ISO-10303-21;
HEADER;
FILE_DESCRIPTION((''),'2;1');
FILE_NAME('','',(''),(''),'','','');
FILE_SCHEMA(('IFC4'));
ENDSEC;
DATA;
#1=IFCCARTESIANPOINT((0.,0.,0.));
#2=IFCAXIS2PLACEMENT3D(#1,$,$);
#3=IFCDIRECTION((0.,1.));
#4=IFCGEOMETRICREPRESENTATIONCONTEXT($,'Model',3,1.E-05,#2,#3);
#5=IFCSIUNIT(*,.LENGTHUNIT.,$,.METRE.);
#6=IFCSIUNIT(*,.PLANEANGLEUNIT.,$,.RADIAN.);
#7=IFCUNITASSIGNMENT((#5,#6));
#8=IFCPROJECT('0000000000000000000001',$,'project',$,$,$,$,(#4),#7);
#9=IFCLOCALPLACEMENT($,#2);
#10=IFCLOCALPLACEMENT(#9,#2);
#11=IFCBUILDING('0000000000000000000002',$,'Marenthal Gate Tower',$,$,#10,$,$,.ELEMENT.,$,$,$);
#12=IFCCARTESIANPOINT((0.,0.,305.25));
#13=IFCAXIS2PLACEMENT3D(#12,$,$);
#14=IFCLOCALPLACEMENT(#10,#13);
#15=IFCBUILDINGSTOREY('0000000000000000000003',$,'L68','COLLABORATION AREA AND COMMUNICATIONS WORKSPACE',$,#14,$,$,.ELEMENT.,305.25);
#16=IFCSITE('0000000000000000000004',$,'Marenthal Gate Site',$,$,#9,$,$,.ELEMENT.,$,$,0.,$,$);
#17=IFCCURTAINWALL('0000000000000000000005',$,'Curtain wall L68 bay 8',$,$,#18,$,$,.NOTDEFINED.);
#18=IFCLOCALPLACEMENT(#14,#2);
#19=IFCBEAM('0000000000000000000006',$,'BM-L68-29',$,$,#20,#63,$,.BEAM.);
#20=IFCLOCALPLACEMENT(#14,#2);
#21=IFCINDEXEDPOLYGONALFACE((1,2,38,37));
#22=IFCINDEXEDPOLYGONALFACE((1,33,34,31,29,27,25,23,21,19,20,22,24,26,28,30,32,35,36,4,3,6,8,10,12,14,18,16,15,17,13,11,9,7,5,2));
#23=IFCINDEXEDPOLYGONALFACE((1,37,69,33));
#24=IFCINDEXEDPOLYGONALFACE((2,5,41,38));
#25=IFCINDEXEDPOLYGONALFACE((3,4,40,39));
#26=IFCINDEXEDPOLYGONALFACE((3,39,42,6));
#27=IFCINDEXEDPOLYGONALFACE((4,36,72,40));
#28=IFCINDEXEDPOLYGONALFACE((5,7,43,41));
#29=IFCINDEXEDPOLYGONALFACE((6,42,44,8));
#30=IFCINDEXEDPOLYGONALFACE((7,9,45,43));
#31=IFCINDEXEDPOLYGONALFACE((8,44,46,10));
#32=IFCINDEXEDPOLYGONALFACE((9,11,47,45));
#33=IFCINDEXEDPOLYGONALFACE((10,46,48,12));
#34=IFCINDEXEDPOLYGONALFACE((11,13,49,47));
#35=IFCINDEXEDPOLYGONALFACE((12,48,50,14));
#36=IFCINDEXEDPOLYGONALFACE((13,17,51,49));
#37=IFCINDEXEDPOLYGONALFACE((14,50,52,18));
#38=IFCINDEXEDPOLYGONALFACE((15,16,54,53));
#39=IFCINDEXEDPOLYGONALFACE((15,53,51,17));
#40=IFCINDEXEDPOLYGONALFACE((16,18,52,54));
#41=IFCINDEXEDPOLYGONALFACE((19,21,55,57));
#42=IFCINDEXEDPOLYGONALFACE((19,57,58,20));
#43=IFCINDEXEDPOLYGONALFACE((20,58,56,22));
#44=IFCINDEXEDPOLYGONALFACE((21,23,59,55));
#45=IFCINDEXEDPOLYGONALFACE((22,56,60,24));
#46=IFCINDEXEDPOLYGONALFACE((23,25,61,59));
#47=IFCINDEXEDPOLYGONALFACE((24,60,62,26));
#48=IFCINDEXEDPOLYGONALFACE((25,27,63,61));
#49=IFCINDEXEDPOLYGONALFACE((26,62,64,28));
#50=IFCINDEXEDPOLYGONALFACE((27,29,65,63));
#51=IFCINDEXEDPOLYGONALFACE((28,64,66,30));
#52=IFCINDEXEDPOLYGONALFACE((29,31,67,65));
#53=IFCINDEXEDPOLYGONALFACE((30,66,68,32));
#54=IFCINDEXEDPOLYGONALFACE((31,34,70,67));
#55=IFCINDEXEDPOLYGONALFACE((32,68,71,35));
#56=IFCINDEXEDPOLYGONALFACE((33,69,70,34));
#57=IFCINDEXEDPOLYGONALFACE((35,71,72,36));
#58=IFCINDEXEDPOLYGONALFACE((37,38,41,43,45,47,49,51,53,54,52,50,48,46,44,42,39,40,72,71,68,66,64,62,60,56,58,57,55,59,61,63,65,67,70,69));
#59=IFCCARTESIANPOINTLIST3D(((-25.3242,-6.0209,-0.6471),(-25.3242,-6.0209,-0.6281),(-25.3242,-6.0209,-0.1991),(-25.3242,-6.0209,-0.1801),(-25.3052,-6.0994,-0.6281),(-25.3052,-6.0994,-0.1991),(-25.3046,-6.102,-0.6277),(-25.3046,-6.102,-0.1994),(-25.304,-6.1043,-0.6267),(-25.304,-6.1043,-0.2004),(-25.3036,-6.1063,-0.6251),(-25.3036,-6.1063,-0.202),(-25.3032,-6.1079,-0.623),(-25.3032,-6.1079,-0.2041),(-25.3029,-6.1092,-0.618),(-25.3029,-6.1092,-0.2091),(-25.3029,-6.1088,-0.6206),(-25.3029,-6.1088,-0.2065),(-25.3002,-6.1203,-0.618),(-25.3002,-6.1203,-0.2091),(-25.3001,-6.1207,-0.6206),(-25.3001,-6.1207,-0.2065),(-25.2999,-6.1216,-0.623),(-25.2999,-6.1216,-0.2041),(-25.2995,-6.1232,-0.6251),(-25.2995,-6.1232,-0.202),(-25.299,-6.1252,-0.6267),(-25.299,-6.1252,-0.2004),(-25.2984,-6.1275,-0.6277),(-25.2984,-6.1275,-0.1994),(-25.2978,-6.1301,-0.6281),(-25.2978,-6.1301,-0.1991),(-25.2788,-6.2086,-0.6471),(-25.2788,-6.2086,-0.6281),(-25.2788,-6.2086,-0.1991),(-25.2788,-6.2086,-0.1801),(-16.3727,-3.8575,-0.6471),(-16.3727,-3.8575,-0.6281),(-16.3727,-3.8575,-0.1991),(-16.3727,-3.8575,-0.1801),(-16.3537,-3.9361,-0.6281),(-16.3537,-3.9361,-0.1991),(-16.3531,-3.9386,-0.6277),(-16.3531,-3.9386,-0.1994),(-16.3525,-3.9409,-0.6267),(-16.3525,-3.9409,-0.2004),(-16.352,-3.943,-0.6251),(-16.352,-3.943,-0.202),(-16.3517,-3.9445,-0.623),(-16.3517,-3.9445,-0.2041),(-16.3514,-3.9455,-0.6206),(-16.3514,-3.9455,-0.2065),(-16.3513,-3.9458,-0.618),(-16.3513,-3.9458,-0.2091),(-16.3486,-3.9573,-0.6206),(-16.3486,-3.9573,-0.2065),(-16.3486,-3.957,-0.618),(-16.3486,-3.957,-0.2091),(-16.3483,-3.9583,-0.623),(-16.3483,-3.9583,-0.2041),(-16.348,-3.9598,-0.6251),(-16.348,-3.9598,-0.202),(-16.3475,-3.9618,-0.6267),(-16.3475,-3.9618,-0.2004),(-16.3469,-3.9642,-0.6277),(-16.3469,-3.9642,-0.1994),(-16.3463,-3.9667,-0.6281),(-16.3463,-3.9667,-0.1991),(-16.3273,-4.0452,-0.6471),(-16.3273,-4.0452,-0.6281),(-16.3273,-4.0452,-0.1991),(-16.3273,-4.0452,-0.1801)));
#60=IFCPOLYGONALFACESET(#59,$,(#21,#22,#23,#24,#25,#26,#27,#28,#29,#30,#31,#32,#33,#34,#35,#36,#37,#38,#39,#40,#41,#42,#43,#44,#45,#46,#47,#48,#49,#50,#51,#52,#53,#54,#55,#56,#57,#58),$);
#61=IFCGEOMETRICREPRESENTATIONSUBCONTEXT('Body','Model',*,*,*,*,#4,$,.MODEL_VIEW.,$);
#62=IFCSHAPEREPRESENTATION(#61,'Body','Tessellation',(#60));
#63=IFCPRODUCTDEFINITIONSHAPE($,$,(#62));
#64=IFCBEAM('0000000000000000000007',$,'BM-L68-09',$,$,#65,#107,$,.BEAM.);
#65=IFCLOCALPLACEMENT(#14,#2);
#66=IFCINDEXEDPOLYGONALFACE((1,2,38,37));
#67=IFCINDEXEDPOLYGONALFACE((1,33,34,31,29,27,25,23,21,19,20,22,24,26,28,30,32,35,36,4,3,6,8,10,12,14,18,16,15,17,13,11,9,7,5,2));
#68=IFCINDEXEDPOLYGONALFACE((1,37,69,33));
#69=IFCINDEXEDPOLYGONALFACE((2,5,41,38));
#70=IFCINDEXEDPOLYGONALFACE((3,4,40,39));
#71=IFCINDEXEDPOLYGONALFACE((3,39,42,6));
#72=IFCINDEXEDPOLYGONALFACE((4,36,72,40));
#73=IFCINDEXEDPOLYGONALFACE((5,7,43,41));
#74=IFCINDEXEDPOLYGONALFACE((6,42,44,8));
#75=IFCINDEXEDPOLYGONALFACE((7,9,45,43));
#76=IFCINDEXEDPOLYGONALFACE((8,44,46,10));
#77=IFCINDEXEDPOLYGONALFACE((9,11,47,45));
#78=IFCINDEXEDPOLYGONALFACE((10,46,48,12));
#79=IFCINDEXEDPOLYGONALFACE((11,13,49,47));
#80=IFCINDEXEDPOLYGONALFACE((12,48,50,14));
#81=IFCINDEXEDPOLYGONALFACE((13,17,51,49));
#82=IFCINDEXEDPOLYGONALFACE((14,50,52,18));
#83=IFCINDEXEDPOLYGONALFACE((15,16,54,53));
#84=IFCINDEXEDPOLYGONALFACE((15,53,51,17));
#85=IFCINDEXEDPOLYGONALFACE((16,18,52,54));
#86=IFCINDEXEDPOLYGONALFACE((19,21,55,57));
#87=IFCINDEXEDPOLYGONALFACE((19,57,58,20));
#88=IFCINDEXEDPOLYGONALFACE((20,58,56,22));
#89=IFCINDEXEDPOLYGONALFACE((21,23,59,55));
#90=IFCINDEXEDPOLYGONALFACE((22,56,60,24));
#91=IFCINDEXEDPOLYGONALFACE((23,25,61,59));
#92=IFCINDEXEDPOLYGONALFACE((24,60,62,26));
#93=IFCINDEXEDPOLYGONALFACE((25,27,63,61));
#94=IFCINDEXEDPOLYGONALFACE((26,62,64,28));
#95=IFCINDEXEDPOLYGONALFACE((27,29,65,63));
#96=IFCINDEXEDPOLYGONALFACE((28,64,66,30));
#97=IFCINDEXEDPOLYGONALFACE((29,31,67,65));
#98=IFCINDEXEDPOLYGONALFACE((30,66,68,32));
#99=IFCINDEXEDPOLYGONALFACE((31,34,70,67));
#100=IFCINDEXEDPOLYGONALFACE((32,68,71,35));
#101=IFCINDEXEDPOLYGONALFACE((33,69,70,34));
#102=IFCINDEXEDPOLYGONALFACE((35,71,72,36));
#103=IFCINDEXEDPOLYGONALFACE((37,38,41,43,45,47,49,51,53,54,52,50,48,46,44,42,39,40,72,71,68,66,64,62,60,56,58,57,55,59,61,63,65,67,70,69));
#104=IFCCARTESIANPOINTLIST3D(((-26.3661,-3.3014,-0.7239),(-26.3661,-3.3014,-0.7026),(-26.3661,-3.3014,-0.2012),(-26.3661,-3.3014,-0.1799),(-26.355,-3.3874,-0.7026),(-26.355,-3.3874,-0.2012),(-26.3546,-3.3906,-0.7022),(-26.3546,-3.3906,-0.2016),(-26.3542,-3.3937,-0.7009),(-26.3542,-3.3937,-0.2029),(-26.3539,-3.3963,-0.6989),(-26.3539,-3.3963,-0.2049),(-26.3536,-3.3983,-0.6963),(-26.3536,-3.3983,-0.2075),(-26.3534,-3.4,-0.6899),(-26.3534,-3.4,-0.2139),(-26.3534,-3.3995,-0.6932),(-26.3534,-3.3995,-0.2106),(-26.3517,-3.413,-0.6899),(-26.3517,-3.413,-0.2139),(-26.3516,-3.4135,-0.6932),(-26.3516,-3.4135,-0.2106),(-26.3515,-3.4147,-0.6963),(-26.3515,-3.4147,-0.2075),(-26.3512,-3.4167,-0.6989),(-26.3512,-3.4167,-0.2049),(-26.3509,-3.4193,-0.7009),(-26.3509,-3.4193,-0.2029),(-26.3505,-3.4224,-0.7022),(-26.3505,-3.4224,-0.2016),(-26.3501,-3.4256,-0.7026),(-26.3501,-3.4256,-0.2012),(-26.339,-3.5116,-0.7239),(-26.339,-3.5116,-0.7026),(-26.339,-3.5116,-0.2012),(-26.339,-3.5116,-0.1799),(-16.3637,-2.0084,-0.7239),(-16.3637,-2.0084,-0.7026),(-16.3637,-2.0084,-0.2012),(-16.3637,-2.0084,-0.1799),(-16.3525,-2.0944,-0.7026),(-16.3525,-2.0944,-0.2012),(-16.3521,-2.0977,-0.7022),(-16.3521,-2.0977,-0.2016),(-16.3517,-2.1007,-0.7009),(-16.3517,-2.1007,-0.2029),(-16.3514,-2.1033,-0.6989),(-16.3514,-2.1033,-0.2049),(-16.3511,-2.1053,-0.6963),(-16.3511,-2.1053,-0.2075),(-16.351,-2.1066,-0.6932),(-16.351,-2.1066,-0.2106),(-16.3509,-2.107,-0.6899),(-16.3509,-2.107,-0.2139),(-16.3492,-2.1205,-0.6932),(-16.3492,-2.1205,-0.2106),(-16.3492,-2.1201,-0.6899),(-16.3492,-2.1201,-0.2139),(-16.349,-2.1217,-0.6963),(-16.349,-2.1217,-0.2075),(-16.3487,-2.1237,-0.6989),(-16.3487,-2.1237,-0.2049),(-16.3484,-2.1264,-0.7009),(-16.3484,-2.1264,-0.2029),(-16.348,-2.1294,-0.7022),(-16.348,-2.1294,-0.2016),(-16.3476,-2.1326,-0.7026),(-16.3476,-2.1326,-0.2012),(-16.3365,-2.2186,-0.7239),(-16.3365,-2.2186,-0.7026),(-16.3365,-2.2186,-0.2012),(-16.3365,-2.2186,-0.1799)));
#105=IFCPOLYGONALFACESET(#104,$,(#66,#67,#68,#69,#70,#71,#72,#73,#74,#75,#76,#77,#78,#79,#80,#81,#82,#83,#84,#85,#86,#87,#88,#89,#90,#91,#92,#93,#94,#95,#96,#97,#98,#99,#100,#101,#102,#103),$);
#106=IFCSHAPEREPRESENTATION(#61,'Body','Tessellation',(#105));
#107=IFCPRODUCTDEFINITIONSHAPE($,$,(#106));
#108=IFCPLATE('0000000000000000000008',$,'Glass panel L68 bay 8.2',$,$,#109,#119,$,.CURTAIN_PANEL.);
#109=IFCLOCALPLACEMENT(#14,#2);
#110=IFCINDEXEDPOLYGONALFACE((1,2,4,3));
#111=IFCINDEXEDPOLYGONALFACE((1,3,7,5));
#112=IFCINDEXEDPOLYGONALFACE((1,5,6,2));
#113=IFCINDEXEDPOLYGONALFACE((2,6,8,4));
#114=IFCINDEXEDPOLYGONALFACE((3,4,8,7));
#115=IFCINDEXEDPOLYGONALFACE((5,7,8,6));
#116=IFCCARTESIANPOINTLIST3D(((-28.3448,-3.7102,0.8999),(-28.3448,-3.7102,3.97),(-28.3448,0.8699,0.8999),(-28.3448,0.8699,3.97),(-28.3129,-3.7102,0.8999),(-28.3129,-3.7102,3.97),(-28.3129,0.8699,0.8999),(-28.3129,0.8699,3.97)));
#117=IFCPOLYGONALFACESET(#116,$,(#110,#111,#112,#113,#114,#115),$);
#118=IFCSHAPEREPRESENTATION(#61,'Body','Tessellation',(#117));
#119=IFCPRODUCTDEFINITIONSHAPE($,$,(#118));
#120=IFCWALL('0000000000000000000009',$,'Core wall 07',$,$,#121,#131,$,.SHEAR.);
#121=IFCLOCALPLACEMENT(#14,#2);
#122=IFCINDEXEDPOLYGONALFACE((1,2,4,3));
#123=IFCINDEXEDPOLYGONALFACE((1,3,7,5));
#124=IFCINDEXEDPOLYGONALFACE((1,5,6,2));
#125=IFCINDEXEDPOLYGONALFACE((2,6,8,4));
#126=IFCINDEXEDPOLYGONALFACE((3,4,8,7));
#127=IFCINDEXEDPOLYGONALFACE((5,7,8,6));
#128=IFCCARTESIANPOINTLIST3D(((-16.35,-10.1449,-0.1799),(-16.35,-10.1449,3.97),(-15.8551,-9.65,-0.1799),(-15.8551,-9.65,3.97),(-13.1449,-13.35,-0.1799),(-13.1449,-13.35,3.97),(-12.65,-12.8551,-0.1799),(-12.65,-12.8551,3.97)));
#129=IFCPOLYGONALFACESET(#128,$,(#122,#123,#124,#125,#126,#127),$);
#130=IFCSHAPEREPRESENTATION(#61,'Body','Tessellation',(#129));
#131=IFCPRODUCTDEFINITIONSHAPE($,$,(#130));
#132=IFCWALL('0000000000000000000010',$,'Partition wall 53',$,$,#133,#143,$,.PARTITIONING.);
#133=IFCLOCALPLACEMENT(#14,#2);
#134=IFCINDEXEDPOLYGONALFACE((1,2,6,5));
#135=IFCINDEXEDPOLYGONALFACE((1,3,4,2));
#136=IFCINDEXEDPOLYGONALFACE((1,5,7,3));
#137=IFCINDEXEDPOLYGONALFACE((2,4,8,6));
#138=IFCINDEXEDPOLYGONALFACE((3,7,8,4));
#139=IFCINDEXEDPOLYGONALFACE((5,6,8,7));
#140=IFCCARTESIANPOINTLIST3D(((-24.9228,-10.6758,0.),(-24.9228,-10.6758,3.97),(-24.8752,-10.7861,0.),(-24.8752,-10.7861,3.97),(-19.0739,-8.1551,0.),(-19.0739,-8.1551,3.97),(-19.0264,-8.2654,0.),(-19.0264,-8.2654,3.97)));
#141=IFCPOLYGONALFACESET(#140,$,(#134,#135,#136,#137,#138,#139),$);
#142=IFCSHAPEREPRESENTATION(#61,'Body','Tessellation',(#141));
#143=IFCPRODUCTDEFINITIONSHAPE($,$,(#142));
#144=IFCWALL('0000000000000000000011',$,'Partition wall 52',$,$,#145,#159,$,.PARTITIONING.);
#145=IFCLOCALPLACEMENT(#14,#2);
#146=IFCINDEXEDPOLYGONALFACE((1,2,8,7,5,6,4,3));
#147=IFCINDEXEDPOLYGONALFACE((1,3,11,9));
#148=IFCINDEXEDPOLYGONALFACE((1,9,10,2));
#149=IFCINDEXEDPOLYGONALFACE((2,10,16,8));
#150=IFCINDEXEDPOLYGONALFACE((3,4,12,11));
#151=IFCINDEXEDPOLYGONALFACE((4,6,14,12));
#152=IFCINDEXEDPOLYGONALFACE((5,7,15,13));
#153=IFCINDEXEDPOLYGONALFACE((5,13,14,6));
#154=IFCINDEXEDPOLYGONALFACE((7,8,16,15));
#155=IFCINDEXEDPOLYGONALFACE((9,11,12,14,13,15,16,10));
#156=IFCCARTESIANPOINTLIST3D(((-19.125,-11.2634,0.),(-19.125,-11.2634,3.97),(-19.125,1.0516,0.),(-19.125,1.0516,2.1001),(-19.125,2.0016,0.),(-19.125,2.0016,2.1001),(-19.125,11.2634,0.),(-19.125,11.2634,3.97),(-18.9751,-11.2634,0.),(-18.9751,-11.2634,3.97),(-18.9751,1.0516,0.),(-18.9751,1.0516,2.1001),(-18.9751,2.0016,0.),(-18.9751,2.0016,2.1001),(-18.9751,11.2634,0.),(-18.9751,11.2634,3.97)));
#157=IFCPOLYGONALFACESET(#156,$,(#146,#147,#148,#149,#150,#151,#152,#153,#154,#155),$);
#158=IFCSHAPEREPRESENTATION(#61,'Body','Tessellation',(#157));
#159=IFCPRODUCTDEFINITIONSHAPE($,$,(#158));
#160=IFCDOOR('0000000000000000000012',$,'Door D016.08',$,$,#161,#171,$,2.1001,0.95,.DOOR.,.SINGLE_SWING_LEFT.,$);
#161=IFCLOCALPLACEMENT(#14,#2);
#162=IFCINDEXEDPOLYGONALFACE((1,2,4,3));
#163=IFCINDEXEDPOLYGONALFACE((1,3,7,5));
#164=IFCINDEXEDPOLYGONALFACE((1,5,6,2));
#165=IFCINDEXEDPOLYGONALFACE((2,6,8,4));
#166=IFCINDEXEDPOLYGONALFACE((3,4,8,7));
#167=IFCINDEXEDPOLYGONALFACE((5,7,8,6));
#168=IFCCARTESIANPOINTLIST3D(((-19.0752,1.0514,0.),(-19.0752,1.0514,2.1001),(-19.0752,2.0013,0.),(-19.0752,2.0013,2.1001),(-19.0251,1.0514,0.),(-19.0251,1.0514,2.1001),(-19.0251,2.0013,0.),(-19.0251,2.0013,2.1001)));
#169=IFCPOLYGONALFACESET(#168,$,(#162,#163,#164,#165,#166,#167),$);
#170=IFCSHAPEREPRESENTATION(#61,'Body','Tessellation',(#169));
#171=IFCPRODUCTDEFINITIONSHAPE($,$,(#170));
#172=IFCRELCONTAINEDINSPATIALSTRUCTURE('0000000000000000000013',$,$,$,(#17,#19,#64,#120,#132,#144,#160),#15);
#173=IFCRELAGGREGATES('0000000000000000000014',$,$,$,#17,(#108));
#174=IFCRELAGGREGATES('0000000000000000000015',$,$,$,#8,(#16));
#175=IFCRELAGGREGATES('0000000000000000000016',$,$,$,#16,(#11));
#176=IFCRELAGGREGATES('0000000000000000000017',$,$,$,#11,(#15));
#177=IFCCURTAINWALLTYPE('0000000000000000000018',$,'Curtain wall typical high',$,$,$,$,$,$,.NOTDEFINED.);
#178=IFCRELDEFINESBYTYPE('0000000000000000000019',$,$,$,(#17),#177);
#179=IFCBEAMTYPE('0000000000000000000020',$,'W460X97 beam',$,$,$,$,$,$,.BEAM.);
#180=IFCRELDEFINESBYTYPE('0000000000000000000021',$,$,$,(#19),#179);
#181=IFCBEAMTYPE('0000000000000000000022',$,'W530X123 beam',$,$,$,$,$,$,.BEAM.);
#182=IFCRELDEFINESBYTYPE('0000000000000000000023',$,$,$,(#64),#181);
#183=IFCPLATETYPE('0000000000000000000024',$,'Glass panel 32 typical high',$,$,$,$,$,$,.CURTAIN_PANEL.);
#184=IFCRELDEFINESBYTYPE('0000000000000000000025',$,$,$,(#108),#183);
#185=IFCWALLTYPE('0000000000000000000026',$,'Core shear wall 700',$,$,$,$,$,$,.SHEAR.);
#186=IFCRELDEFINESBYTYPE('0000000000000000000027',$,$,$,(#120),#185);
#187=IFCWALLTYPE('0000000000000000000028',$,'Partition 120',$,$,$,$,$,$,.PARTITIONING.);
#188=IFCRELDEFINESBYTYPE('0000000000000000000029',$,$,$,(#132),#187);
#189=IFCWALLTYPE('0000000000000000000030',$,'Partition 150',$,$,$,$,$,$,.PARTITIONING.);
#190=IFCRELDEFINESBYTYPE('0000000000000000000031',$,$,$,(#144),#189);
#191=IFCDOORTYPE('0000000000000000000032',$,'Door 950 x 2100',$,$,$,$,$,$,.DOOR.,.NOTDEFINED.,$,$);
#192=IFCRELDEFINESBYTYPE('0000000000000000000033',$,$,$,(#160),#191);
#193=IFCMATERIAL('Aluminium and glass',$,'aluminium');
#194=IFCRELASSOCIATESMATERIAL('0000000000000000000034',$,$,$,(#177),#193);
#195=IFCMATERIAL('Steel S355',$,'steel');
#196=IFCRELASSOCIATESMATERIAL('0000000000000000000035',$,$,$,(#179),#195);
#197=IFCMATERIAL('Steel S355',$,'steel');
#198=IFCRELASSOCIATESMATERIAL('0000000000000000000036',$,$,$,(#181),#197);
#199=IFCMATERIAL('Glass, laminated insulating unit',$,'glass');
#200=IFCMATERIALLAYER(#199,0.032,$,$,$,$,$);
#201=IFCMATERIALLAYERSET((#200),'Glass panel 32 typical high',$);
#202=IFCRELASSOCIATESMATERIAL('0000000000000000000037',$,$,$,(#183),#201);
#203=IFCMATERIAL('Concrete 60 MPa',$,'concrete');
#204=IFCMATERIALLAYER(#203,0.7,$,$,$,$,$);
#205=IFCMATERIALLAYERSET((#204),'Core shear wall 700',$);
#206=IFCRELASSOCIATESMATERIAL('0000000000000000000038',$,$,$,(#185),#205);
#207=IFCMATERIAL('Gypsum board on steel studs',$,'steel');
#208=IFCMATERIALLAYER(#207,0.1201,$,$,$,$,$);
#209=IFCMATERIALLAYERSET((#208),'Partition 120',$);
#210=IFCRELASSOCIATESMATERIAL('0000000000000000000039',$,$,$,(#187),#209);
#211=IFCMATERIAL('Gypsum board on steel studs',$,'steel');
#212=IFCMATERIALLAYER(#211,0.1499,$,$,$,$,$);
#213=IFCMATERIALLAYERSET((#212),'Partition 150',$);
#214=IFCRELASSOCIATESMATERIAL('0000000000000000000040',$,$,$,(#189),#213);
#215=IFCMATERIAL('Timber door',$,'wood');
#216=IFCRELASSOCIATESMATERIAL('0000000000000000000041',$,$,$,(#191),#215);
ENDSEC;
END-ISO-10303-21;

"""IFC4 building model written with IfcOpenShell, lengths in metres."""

from ifc_helpers import new_model, si_unit, direction, frame, frame_2d, origin, origin_2d, place, context, subcontext, project, spatial, rectangle, i_section, extrude, material, layer, layer_set, material_profile, profile_set, type_object, element, fill, aggregate, save


model = new_model("IFC4")

# Units and contexts
model_context = context("Model", 3, precision=1e-05, world=origin(), true_north=direction((0.0, 1.0)))
body_context = subcontext(model_context, "Body", "Model", "MODEL_VIEW")
ifc_project = project(units=[si_unit("LENGTHUNIT", "METRE"), si_unit("PLANEANGLEUNIT", "RADIAN")], contexts=[model_context])

# Site, building, storey
site_placement = place(None, origin())
site = spatial("IfcSite", under=ifc_project, at=site_placement, Name="Marenthal Gate Site", CompositionType="ELEMENT", RefElevation=0.0)
building_placement = place(site_placement, origin())
building = spatial("IfcBuilding", under=site, at=building_placement, Name="Marenthal Gate Tower", CompositionType="ELEMENT")
storey_placement = place(building_placement, frame((0.0, 0.0, 305.25)))
storey = spatial("IfcBuildingStorey", under=building, at=storey_placement, Name="L68", Description="COLLABORATION AREA AND COMMUNICATIONS WORKSPACE", CompositionType="ELEMENT", Elevation=305.25)

# Curtain wall
ifc_material_1 = material(Name="Aluminium and glass", Category="aluminium")
curtain_wall_type = type_object("IfcCurtainWallType", Name="Curtain wall typical high", PredefinedType="NOTDEFINED", material=ifc_material_1)
curtain_wall_placement = place(storey_placement, origin())
curtain_wall = element("IfcCurtainWall", 1, at=curtain_wall_placement, inside=storey, type_object=curtain_wall_type, Name="Curtain wall L68 bay 8", PredefinedType="NOTDEFINED")

# Beams
ifc_material_2 = material(Name="Steel S355", Category="steel")
ifc_material_profile_1 = material_profile(ifc_material_2, i_section(OverallWidth=0.1931, OverallDepth=0.467, WebThickness=0.0115, FlangeThickness=0.019, FilletRadius=0.01, at=origin_2d()), Name="W460X97")
ifc_profile_set_1 = profile_set([ifc_material_profile_1], Name="Steel S355")
beam_type_1 = type_object("IfcBeamType", Name="W460X97 beam", PredefinedType="BEAM", material=ifc_profile_set_1)
beam_1_placement = place(storey_placement, frame((-25.3015, -6.1147, -0.4136), z_axis=(0.972017, 0.234912, 0.0), x_axis=(-0.234912, 0.972017, 0.0)))
element("IfcBeam", 2, at=beam_1_placement, inside=storey, type_object=beam_type_1, Name="BM-L68-29", PredefinedType="BEAM", context=body_context, shape_type="SweptSolid", body=[
    extrude(i_section(OverallWidth=0.1931, OverallDepth=0.467, WebThickness=0.0115, FlangeThickness=0.019, FilletRadius=0.01, at=origin_2d()), origin(), (0.0, 0.0, 1.0), 9.2092),
])
ifc_material_3 = material(Name="Steel S355", Category="steel")
ifc_material_profile_2 = material_profile(ifc_material_3, i_section(OverallWidth=0.2119, OverallDepth=0.5439, WebThickness=0.0132, FlangeThickness=0.0212, FilletRadius=0.0127, at=origin_2d()), Name="W530X123")
ifc_profile_set_2 = profile_set([ifc_material_profile_2], Name="Steel S355")
beam_type_2 = type_object("IfcBeamType", Name="W530X123 beam", PredefinedType="BEAM", material=ifc_profile_set_2)
beam_2_placement = place(storey_placement, frame((-26.3525, -3.4065, -0.4519), z_axis=(0.991749, 0.128199, 0.0), x_axis=(-0.128199, 0.991749, 0.0)))
element("IfcBeam", 3, at=beam_2_placement, inside=storey, type_object=beam_type_2, Name="BM-L68-09", PredefinedType="BEAM", context=body_context, shape_type="SweptSolid", body=[
    extrude(i_section(OverallWidth=0.2119, OverallDepth=0.5439, WebThickness=0.0132, FlangeThickness=0.0212, FilletRadius=0.0127, at=origin_2d()), origin(), (0.0, 0.0, 1.0), 10.0857),
])

# Plate
ifc_material_4 = material(Name="Glass, laminated insulating unit", Category="glass")
ifc_layer_1 = layer(ifc_material_4, 0.032)
ifc_layer_set_1 = layer_set([ifc_layer_1], Name="Glass panel 32 typical high")
plate_type = type_object("IfcPlateType", Name="Glass panel 32 typical high", PredefinedType="CURTAIN_PANEL", material=ifc_layer_set_1)
plate_placement = place(storey_placement, frame((-28.3289, -1.4202, 0.8999), z_axis=(0.0, 0.0, 1.0), x_axis=(0.0, -1.0, 0.0)))
plate = element("IfcPlate", 4, at=plate_placement, type_object=plate_type, Name="Glass panel L68 bay 8.2", PredefinedType="CURTAIN_PANEL", context=body_context, shape_type="SweptSolid", body=[
    extrude(rectangle(XDim=4.5801, YDim=0.032, at=origin_2d()), origin(), (0.0, 0.0, 1.0), 3.0701),
])
aggregate(curtain_wall, [plate])

# Walls
ifc_material_5 = material(Name="Concrete 60 MPa", Category="concrete")
ifc_layer_2 = layer(ifc_material_5, 0.7)
ifc_layer_set_2 = layer_set([ifc_layer_2], Name="Core shear wall 700")
wall_type_1 = type_object("IfcWallType", Name="Core shear wall 700", PredefinedType="SHEAR", material=ifc_layer_set_2)
wall_1_placement = place(storey_placement, frame((-16.1025, -9.8975, -0.1799), z_axis=(0.0, 0.0, 1.0), x_axis=(0.707107, -0.707107, 0.0)))
element("IfcWall", 5, at=wall_1_placement, inside=storey, type_object=wall_type_1, Name="Core wall 07", PredefinedType="SHEAR", context=body_context, shape_type="SweptSolid", body=[
    extrude(rectangle(XDim=4.5327, YDim=0.7, at=frame_2d((2.2664, 0.0))), origin(), (0.0, 0.0, 1.0), 4.1499),
])
ifc_material_6 = material(Name="Gypsum board on steel studs", Category="steel")
ifc_layer_3 = layer(ifc_material_6, 0.1201)
ifc_layer_set_3 = layer_set([ifc_layer_3], Name="Partition 120")
wall_type_2 = type_object("IfcWallType", Name="Partition 120", PredefinedType="PARTITIONING", material=ifc_layer_set_3)
wall_2_placement = place(storey_placement, frame((-19.05, -8.2102, 0.0), z_axis=(0.0, 0.0, 1.0), x_axis=(-0.918342, -0.395788, 0.0)))
element("IfcWall", 6, at=wall_2_placement, inside=storey, type_object=wall_type_2, Name="Partition wall 53", PredefinedType="PARTITIONING", context=body_context, shape_type="SweptSolid", body=[
    extrude(rectangle(XDim=6.3689, YDim=0.1201, at=frame_2d((3.1846, 0.0))), origin(), (0.0, 0.0, 1.0), 3.97),
])

# Wall, opening, door
ifc_material_7 = material(Name="Gypsum board on steel studs", Category="steel")
ifc_layer_4 = layer(ifc_material_7, 0.1499)
ifc_layer_set_4 = layer_set([ifc_layer_4], Name="Partition 150")
wall_type_3 = type_object("IfcWallType", Name="Partition 150", PredefinedType="PARTITIONING", material=ifc_layer_set_4)
wall_3_placement = place(storey_placement, frame((-19.05, -11.2634, 0.0), z_axis=(0.0, 0.0, 1.0), x_axis=(0.0, 1.0, 0.0)))
wall_3 = element("IfcWall", 7, at=wall_3_placement, inside=storey, type_object=wall_type_3, Name="Partition wall 52", PredefinedType="PARTITIONING", context=body_context, shape_type="SweptSolid", body=[
    extrude(rectangle(XDim=22.5269, YDim=0.1499, at=frame_2d((11.2634, 0.0))), origin(), (0.0, 0.0, 1.0), 3.97),
])
opening_1_placement = place(wall_3_placement, frame((12.3149, 0.0, 0.0)))
opening_1 = element("IfcOpeningElement", 8, at=opening_1_placement, cuts=wall_3, PredefinedType="OPENING", context=body_context, shape_type="SweptSolid", body=[
    extrude(rectangle(XDim=0.95, YDim=2.1001, at=frame_2d((0.4751, 1.05))), frame((0.0, 0.085, 0.0), z_axis=(0.0, -1.0, 0.0), x_axis=(1.0, 0.0, 0.0)), (0.0, 0.0, 1.0), 0.1699),
])
ifc_material_8 = material(Name="Timber door", Category="wood")
door_type_1 = type_object("IfcDoorType", Name="Door 950 x 2100", OperationType="NOTDEFINED", PredefinedType="DOOR", material=ifc_material_8)
door_1_placement = place(opening_1_placement, frame((0.95, 0.0, 0.0), z_axis=(0.0, 0.0, 1.0), x_axis=(-1.0, 0.0, 0.0)))
door_1 = element("IfcDoor", 9, at=door_1_placement, inside=storey, type_object=door_type_1, Name="Door D016.08", OperationType="SINGLE_SWING_LEFT", OverallHeight=2.1001, OverallWidth=0.95, PredefinedType="DOOR", context=body_context, shape_type="SweptSolid", body=[
    extrude(rectangle(XDim=0.95, YDim=2.1001, at=frame_2d((0.4751, 1.05))), frame((0.0, 0.0249, 0.0), z_axis=(0.0, -1.0, 0.0), x_axis=(1.0, 0.0, 0.0)), (0.0, 0.0, 1.0), 0.05),
])
fill(opening_1, door_1)

save(model, "model.ifc")
